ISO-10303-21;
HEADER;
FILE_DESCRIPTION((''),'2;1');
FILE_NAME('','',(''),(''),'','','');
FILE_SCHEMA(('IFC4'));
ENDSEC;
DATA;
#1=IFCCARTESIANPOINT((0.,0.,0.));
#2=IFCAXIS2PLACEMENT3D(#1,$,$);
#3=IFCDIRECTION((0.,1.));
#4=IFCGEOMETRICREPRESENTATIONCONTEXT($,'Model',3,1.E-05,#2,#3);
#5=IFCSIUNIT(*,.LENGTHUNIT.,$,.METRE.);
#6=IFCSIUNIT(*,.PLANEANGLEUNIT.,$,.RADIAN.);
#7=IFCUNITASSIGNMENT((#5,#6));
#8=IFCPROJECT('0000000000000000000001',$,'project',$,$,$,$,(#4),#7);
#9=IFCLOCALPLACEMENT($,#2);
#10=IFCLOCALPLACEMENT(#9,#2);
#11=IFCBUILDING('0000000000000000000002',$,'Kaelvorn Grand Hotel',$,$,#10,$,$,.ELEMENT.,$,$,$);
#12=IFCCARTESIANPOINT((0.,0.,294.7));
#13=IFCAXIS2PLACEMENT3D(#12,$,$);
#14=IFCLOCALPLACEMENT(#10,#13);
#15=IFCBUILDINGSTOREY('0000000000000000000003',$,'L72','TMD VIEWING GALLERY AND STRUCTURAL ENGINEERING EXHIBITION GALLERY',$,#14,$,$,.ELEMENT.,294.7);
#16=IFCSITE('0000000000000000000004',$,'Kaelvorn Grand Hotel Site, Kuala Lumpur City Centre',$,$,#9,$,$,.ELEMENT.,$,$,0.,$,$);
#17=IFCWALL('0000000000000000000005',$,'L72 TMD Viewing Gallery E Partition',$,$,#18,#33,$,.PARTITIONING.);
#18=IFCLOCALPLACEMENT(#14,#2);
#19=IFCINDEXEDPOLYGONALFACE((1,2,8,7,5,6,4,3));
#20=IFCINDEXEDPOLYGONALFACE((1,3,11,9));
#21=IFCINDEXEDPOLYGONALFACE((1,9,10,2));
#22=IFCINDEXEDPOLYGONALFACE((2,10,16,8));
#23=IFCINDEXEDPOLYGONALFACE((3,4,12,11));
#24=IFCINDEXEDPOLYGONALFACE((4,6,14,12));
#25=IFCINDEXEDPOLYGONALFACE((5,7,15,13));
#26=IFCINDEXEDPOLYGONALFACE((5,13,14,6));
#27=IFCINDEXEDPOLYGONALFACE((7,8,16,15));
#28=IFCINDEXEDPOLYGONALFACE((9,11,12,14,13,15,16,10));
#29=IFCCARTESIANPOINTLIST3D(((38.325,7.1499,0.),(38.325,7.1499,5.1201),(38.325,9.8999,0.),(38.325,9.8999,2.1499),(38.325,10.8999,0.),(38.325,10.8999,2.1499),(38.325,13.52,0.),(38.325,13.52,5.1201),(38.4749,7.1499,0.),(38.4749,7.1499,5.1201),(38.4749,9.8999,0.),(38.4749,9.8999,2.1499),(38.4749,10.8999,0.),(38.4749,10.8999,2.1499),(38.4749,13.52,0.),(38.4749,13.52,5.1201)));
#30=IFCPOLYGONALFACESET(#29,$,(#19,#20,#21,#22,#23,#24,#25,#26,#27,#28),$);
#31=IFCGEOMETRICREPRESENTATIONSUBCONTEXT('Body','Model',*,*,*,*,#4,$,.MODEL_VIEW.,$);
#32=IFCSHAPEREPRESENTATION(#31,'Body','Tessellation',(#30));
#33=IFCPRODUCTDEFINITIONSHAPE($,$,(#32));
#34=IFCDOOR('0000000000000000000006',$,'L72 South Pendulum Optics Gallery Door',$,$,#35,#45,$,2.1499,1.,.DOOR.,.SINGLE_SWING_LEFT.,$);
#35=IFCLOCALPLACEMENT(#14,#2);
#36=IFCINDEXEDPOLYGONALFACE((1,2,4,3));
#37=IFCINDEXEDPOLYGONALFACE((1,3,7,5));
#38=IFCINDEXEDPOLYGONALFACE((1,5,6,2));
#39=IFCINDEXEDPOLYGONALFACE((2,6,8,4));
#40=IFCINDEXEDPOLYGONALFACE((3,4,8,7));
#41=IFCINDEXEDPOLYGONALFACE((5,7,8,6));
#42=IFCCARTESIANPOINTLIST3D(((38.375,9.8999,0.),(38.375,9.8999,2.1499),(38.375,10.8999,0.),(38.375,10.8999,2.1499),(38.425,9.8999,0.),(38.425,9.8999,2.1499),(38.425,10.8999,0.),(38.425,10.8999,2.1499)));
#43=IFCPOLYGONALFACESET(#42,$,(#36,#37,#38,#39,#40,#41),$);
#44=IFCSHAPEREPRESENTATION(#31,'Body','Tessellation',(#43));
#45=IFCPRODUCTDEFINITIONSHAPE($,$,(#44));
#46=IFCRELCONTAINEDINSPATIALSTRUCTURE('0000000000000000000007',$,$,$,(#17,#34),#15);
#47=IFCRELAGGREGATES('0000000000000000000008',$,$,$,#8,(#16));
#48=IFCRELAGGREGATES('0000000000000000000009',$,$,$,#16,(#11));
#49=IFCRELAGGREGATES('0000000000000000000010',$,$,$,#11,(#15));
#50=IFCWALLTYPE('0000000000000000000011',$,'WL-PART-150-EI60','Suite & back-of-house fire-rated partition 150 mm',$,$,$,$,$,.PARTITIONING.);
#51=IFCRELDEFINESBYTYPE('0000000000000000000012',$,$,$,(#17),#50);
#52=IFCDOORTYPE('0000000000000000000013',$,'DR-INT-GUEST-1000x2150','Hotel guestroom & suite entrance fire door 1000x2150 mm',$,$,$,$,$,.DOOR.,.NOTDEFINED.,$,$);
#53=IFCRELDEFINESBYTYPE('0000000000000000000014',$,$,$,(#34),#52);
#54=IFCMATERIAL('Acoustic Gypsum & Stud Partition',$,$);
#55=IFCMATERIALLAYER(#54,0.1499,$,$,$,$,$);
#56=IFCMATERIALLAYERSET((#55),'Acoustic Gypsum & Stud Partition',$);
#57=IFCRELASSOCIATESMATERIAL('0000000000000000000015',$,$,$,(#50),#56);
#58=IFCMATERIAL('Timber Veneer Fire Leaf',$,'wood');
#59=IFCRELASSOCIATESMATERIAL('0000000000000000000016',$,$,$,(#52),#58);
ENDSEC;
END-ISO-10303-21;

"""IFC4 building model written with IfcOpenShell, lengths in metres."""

from ifc_helpers import new_model, si_unit, direction, frame, frame_2d, origin, place, context, subcontext, project, spatial, rectangle, extrude, material, layer, layer_set, type_object, element, fill, save


model = new_model("IFC4")

# Units and contexts
model_context = context("Model", 3, precision=1e-05, world=origin(), true_north=direction((0.0, 1.0)))
body_context = subcontext(model_context, "Body", "Model", "MODEL_VIEW")
ifc_project = project(units=[si_unit("LENGTHUNIT", "METRE"), si_unit("PLANEANGLEUNIT", "RADIAN")], contexts=[model_context])

# Site, building, storey
site_placement = place(None, origin())
site = spatial("IfcSite", under=ifc_project, at=site_placement, Name="Kaelvorn Grand Hotel Site, Kuala Lumpur City Centre", CompositionType="ELEMENT", RefElevation=0.0)
building_placement = place(site_placement, origin())
building = spatial("IfcBuilding", under=site, at=building_placement, Name="Kaelvorn Grand Hotel", CompositionType="ELEMENT")
storey_placement = place(building_placement, frame((0.0, 0.0, 294.7)))
storey = spatial("IfcBuildingStorey", under=building, at=storey_placement, Name="L72", Description="TMD VIEWING GALLERY AND STRUCTURAL ENGINEERING EXHIBITION GALLERY", CompositionType="ELEMENT", Elevation=294.7)

# Shared definitions
ifc_material_1 = material(Name="Acoustic Gypsum & Stud Partition")
ifc_layer_1 = layer(ifc_material_1, 0.1499)
ifc_layer_set_1 = layer_set([ifc_layer_1], Name="Acoustic Gypsum & Stud Partition")
wall_type = type_object("IfcWallType", Name="WL-PART-150-EI60", Description="Suite & back-of-house fire-rated partition 150 mm", PredefinedType="PARTITIONING", material=ifc_layer_set_1)

# Wall, opening, door
wall_1_placement = place(storey_placement, frame((38.3999, 7.1499, 0.0), z_axis=(0.0, 0.0, 1.0), x_axis=(0.0, 1.0, 0.0)))
wall_1 = element("IfcWall", 1, at=wall_1_placement, inside=storey, type_object=wall_type, Name="L72 TMD Viewing Gallery E Partition", PredefinedType="PARTITIONING", context=body_context, shape_type="SweptSolid", body=[
    extrude(rectangle(XDim=6.3701, YDim=0.1499, at=frame_2d((3.1851, 0.0))), origin(), (0.0, 0.0, 1.0), 5.1201),
])
opening_placement = place(wall_1_placement, frame((2.75, 0.0, 0.0)))
opening = element("IfcOpeningElement", 2, at=opening_placement, cuts=wall_1, PredefinedType="OPENING", context=body_context, shape_type="SweptSolid", body=[
    extrude(rectangle(XDim=1.0, YDim=2.1499, at=frame_2d((0.5, 1.075))), frame((0.0, 0.085, 0.0), z_axis=(0.0, -1.0, 0.0), x_axis=(1.0, 0.0, 0.0)), (0.0, 0.0, 1.0), 0.1699),
])
ifc_material_2 = material(Name="Timber Veneer Fire Leaf", Category="wood")
door_type = type_object("IfcDoorType", Name="DR-INT-GUEST-1000x2150", Description="Hotel guestroom & suite entrance fire door 1000x2150 mm", OperationType="NOTDEFINED", PredefinedType="DOOR", material=ifc_material_2)
door_placement = place(opening_placement, origin())
door = element("IfcDoor", 3, at=door_placement, inside=storey, type_object=door_type, Name="L72 South Pendulum Optics Gallery Door", OperationType="SINGLE_SWING_LEFT", OverallHeight=2.1499, OverallWidth=1.0, PredefinedType="DOOR", context=body_context, shape_type="SweptSolid", body=[
    extrude(rectangle(XDim=1.0, YDim=2.1499, at=frame_2d((0.5, 1.075))), frame((0.0, 0.0249, 0.0), z_axis=(0.0, -1.0, 0.0), x_axis=(1.0, 0.0, 0.0)), (0.0, 0.0, 1.0), 0.05),
])
fill(opening, door)

save(model, "model.ifc")
